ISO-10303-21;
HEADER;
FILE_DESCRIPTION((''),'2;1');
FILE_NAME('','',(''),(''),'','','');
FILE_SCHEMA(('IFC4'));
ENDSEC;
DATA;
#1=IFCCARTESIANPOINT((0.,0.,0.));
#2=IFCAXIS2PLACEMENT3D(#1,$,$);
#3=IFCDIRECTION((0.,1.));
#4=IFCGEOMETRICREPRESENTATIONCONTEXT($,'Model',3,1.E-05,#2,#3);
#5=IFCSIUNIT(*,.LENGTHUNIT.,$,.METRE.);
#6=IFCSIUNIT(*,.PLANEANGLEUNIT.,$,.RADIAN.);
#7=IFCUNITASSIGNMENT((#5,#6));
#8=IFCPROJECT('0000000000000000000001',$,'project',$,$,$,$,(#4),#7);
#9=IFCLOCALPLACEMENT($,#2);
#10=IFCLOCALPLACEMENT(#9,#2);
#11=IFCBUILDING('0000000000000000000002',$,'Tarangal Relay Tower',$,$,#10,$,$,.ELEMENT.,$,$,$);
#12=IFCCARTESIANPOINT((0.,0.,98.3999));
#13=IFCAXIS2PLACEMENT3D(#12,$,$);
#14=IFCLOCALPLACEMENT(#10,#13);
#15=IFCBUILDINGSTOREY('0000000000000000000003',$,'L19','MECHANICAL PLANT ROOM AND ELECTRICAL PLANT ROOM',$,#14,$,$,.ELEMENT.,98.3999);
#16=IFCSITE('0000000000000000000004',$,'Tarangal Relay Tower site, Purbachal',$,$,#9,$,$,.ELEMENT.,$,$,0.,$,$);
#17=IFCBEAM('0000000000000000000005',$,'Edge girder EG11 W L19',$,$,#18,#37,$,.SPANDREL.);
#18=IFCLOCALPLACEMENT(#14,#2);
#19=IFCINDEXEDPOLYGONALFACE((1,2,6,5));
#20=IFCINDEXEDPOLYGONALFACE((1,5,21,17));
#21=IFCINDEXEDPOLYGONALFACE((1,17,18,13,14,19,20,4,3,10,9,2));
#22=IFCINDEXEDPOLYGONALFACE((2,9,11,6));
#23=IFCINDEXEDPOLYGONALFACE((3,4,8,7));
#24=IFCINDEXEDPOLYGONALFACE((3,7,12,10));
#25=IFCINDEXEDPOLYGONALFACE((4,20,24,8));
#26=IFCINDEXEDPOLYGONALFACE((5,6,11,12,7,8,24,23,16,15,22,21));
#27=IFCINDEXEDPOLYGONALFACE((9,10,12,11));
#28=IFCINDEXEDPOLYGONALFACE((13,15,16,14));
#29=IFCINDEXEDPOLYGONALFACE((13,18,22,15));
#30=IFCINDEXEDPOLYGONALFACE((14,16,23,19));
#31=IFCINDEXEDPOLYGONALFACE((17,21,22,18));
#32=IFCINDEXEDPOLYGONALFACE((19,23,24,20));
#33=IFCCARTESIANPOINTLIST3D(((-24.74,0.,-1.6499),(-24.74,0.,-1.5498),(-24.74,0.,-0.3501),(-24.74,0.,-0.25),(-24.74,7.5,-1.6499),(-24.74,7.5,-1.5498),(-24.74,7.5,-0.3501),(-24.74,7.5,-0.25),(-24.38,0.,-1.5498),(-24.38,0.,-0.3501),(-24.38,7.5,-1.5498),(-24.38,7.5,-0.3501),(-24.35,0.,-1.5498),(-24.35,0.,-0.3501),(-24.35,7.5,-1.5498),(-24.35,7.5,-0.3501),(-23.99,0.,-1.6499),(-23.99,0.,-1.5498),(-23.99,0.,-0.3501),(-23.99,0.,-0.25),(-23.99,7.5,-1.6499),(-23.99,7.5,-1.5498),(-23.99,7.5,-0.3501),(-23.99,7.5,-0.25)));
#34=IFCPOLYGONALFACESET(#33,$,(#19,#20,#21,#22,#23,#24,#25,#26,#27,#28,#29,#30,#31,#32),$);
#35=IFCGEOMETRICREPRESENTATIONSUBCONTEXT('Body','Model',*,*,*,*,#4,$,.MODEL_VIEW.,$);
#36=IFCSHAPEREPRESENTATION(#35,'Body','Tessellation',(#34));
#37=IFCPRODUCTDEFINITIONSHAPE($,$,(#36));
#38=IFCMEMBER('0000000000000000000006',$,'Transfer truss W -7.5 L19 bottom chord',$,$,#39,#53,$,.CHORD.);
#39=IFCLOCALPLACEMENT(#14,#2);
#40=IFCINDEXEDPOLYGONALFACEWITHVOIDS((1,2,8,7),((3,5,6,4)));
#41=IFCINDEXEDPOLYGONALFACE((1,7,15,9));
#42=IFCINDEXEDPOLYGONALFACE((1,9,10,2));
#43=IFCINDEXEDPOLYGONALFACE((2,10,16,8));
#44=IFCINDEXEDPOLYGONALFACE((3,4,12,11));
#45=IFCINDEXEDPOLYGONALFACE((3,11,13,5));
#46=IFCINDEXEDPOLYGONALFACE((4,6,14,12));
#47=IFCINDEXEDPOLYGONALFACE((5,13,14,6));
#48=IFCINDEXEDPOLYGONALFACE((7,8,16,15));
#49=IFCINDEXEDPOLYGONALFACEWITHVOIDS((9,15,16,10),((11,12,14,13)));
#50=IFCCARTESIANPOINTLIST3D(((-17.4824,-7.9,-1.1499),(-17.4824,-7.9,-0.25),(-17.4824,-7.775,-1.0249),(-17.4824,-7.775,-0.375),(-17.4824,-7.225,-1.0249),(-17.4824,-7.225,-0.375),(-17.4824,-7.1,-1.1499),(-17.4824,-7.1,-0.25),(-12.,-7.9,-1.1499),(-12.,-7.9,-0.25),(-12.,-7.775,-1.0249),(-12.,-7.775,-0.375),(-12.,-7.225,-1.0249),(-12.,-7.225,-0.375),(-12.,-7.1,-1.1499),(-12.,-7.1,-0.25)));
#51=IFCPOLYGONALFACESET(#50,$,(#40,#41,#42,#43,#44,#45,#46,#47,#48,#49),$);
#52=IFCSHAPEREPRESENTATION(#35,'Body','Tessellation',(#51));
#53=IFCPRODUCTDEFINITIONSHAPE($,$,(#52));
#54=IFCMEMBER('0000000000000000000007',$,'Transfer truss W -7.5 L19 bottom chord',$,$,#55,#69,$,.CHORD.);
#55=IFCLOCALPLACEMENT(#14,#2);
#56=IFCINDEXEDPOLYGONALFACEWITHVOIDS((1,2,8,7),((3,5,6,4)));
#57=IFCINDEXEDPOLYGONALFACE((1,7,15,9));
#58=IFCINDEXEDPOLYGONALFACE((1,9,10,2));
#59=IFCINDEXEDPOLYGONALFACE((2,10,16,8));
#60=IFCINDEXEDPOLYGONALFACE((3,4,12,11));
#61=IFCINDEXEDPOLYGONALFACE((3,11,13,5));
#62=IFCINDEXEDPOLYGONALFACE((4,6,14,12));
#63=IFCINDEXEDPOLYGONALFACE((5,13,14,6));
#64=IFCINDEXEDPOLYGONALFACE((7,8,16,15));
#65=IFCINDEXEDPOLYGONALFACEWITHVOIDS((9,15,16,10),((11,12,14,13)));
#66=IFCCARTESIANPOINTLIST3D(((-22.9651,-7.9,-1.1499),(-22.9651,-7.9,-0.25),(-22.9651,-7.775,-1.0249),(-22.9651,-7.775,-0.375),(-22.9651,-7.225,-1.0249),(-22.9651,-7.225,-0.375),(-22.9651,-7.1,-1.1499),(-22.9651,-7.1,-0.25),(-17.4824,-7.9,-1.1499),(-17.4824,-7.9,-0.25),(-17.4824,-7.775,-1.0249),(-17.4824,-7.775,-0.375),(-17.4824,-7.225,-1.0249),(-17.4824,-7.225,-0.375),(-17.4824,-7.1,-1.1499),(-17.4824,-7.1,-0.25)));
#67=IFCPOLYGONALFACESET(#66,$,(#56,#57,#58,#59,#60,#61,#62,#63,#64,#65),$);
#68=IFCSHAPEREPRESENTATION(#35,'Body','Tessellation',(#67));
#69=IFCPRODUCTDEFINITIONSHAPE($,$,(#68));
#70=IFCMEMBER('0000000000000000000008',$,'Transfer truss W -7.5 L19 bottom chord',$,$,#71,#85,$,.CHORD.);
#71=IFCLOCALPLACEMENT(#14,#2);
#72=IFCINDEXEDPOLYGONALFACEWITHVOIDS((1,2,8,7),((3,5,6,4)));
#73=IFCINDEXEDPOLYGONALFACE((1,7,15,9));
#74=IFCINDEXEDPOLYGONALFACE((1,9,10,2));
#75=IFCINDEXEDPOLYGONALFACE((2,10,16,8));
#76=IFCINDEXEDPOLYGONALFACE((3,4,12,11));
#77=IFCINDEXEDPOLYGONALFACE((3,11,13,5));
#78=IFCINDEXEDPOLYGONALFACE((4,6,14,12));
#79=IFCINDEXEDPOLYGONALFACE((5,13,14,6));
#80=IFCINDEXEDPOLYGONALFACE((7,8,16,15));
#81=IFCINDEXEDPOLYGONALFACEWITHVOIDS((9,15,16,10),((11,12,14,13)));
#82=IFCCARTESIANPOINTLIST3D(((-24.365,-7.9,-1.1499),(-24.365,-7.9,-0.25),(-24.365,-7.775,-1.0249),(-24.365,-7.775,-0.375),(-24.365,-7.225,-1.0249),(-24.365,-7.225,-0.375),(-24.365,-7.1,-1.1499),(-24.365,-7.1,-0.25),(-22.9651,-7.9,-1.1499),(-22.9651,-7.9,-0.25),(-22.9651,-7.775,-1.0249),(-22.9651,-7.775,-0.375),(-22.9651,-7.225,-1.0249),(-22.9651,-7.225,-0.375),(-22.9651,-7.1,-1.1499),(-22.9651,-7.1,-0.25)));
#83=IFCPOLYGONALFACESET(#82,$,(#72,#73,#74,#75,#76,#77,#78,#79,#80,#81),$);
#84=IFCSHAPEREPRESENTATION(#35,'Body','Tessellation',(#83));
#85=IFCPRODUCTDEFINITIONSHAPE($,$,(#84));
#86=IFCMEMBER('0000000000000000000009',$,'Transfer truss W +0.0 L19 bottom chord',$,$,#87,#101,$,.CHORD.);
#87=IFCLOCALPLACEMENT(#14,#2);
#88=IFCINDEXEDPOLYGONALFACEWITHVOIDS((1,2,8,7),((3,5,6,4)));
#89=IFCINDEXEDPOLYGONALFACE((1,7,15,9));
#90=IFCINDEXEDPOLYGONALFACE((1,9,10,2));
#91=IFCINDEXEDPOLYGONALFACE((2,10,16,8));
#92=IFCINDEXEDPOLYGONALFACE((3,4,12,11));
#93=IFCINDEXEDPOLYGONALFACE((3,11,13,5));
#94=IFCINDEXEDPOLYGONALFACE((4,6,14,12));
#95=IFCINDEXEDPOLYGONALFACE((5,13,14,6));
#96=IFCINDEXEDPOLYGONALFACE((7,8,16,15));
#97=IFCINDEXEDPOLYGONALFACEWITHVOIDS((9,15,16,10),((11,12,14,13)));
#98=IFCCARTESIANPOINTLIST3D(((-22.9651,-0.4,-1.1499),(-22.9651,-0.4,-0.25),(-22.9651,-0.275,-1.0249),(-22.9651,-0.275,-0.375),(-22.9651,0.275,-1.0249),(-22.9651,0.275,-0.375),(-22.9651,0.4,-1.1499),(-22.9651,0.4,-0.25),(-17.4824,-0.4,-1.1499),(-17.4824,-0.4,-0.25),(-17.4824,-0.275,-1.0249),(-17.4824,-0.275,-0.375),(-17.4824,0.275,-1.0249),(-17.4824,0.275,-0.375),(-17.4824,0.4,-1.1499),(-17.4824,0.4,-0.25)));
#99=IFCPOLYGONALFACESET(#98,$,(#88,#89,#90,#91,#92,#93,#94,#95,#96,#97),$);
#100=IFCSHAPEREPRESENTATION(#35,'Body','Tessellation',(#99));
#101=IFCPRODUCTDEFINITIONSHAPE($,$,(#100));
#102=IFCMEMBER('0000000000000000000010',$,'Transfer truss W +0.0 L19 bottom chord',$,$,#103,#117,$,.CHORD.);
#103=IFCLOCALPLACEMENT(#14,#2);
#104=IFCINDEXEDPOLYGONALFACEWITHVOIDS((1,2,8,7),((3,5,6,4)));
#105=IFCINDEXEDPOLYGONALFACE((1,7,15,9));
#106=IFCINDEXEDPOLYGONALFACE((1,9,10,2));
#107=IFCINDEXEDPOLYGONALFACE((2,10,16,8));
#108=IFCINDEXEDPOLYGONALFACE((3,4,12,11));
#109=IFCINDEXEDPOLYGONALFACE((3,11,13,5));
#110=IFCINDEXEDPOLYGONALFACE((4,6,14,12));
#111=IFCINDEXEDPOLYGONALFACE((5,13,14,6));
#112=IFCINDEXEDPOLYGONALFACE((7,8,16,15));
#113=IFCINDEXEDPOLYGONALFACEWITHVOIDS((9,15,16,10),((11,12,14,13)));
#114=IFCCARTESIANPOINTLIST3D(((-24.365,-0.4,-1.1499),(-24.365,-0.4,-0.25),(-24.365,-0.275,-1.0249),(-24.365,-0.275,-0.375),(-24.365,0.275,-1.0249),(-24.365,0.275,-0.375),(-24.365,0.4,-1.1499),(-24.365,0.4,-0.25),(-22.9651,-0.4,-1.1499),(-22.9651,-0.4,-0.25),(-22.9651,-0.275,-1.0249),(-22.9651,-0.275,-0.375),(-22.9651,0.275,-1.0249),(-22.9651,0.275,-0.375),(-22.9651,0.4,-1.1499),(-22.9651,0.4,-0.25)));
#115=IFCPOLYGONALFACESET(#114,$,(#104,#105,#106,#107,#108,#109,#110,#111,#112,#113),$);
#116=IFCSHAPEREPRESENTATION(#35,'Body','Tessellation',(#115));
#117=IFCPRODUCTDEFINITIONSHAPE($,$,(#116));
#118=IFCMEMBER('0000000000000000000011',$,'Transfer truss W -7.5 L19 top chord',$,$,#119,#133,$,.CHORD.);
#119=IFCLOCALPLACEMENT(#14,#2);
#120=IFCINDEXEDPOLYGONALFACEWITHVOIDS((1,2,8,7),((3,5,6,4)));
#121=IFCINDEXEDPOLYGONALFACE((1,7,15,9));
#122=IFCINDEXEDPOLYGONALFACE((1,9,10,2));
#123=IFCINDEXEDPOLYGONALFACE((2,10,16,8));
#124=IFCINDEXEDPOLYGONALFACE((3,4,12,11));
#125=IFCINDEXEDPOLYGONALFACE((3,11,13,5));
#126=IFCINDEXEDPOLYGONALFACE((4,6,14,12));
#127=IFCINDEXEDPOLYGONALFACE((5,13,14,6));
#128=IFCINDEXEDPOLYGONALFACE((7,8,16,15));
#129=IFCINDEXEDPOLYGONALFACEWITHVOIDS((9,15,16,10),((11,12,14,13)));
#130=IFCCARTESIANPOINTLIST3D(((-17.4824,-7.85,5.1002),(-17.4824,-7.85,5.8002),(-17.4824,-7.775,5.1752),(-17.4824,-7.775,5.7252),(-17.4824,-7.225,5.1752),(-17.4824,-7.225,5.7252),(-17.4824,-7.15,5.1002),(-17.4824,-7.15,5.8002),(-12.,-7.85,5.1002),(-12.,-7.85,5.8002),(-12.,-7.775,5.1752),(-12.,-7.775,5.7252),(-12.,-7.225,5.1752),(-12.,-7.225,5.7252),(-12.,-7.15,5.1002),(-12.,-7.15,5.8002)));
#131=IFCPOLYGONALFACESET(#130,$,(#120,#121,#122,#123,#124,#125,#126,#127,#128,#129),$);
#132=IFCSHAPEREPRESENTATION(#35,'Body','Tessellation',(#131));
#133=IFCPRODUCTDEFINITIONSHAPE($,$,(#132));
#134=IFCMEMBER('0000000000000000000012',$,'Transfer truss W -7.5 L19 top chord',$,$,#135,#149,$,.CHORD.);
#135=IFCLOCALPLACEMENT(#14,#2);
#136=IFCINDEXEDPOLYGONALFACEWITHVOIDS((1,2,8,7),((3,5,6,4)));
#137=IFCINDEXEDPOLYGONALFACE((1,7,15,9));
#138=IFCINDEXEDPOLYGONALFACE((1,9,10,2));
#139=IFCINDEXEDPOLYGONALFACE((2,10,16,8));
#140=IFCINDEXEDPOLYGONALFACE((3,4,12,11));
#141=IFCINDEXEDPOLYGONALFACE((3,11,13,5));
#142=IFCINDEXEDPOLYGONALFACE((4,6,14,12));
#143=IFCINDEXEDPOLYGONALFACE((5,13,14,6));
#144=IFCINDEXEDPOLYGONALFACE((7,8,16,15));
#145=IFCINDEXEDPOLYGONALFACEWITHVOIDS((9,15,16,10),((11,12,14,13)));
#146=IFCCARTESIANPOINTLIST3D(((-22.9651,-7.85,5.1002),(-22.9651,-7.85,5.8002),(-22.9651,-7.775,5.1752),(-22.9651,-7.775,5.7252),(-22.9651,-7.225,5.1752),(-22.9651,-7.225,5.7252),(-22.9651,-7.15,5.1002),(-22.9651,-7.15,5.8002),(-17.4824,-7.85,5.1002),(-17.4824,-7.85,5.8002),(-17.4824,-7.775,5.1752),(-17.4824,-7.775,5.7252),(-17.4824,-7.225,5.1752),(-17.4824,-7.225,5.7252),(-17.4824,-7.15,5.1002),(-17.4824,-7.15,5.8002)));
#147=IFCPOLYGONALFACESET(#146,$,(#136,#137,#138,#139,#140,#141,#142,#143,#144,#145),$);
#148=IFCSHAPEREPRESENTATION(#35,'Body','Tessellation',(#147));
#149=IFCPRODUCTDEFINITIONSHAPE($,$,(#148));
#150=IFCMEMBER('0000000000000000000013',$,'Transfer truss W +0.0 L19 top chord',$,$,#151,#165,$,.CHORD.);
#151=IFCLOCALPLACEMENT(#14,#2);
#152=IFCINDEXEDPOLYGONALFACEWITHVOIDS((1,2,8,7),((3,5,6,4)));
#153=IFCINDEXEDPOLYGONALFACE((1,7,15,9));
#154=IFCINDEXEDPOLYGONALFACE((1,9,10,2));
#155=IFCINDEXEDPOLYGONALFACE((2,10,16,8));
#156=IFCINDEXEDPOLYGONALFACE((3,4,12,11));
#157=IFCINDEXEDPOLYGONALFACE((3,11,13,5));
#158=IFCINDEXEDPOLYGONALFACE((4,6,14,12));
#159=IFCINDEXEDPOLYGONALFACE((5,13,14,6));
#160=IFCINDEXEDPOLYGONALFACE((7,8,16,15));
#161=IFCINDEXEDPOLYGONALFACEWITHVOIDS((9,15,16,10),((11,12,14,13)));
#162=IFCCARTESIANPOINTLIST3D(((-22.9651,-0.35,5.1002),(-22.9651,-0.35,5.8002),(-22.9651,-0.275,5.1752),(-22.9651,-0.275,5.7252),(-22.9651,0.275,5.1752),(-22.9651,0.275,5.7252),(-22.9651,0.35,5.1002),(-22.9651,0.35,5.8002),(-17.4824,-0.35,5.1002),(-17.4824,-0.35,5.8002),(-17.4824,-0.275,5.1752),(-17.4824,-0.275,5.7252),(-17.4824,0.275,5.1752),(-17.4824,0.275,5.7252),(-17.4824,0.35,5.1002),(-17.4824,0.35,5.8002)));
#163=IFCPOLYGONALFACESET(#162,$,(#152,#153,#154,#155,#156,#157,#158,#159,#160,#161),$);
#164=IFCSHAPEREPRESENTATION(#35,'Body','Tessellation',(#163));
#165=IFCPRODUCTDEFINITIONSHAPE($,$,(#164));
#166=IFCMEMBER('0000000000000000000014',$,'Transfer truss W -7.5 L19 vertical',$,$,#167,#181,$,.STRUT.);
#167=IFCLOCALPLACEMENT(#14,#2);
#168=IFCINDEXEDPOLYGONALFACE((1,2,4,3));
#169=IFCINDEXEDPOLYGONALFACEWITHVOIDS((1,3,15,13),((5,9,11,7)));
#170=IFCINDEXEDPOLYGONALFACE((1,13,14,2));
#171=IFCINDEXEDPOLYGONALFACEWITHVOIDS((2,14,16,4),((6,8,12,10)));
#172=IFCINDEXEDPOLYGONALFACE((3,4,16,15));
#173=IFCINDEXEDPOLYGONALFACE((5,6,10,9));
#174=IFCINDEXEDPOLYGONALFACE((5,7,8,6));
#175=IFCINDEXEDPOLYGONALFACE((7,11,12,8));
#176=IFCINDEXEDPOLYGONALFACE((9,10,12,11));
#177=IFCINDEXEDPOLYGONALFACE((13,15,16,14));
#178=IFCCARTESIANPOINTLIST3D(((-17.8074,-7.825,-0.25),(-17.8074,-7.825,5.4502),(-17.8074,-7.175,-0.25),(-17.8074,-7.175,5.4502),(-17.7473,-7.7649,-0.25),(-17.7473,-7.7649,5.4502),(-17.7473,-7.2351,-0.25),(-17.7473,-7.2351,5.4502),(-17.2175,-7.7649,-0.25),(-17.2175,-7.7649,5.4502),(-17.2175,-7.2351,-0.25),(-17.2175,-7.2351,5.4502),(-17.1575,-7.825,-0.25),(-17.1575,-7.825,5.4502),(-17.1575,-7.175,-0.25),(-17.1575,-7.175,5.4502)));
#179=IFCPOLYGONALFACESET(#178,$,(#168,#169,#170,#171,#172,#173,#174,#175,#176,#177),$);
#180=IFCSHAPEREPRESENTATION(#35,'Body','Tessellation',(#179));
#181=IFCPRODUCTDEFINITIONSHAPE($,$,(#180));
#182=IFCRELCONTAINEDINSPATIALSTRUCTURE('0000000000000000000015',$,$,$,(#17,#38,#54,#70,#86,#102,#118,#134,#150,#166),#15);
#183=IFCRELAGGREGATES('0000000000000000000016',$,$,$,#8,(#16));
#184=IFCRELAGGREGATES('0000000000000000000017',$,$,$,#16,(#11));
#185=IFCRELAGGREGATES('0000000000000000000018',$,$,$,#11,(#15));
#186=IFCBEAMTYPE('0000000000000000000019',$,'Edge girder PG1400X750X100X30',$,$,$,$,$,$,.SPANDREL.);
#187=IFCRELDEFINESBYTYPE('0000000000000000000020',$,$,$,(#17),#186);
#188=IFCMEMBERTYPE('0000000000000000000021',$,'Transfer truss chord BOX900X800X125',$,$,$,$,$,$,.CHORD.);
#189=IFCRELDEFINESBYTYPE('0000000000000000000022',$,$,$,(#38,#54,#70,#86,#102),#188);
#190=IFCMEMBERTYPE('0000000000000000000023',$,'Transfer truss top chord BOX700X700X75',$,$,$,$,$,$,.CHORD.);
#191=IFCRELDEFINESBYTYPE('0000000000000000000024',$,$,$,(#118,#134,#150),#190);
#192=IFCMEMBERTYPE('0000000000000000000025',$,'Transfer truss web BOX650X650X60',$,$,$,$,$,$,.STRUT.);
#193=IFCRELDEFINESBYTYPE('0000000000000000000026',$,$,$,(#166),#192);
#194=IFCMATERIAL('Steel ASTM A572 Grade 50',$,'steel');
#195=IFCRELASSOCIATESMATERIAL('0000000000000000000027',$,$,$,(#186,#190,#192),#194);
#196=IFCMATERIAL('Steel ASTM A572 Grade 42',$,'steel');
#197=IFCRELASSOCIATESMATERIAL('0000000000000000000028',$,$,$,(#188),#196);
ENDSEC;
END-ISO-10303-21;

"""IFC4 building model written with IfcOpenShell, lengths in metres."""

from ifc_helpers import new_model, si_unit, direction, frame, origin, origin_2d, place, context, subcontext, project, spatial, hollow_rectangle, i_section, extrude, material, material_profile, profile_set, type_object, element, save


model = new_model("IFC4")

# Units and contexts
model_context = context("Model", 3, precision=1e-05, world=origin(), true_north=direction((0.0, 1.0)))
body_context = subcontext(model_context, "Body", "Model", "MODEL_VIEW")
ifc_project = project(units=[si_unit("LENGTHUNIT", "METRE"), si_unit("PLANEANGLEUNIT", "RADIAN")], contexts=[model_context])

# Site, building, storey
site_placement = place(None, origin())
site = spatial("IfcSite", under=ifc_project, at=site_placement, Name="Tarangal Relay Tower site, Purbachal", CompositionType="ELEMENT", RefElevation=0.0)
building_placement = place(site_placement, origin())
building = spatial("IfcBuilding", under=site, at=building_placement, Name="Tarangal Relay Tower", CompositionType="ELEMENT")
storey_placement = place(building_placement, frame((0.0, 0.0, 98.3999)))
storey = spatial("IfcBuildingStorey", under=building, at=storey_placement, Name="L19", Description="MECHANICAL PLANT ROOM AND ELECTRICAL PLANT ROOM", CompositionType="ELEMENT", Elevation=98.3999)

# Shared definitions
ifc_material_1 = material(Name="Steel ASTM A572 Grade 50", Category="steel")

# Beam
ifc_material_profile_1 = material_profile(ifc_material_1, i_section(OverallWidth=0.75, OverallDepth=1.3999, WebThickness=0.03, FlangeThickness=0.1001, at=origin_2d()), Name="PG1400X750X100X30")
ifc_profile_set_1 = profile_set([ifc_material_profile_1], Name="Steel ASTM A572 Grade 50")
beam_type = type_object("IfcBeamType", Name="Edge girder PG1400X750X100X30", PredefinedType="SPANDREL", material=ifc_profile_set_1)
beam_placement = place(storey_placement, frame((-24.365, 0.0, -0.95), z_axis=(0.0, 1.0, 0.0), x_axis=(-1.0, 0.0, 0.0)))
element("IfcBeam", 1, at=beam_placement, inside=storey, type_object=beam_type, Name="Edge girder EG11 W L19", PredefinedType="SPANDREL", context=body_context, shape_type="SweptSolid", body=[
    extrude(i_section(OverallWidth=0.75, OverallDepth=1.3999, WebThickness=0.03, FlangeThickness=0.1001, at=origin_2d()), origin(), (0.0, 0.0, 1.0), 7.5),
])

# Members
ifc_material_2 = material(Name="Steel ASTM A572 Grade 42", Category="steel")
ifc_material_profile_2 = material_profile(ifc_material_2, hollow_rectangle(XDim=0.8, YDim=0.8999, WallThickness=0.125, at=origin_2d()), Name="BOX900X800X125")
ifc_profile_set_2 = profile_set([ifc_material_profile_2], Name="Steel ASTM A572 Grade 42")
member_type_1 = type_object("IfcMemberType", Name="Transfer truss chord BOX900X800X125", PredefinedType="CHORD", material=ifc_profile_set_2)
member_1_placement = place(storey_placement, frame((-12.0, -7.5, -0.7), z_axis=(-1.0, 0.0, 0.0), x_axis=(0.0, -1.0, 0.0)))
element("IfcMember", 2, at=member_1_placement, inside=storey, type_object=member_type_1, Name="Transfer truss W -7.5 L19 bottom chord", PredefinedType="CHORD", context=body_context, shape_type="SweptSolid", body=[
    extrude(hollow_rectangle(XDim=0.8, YDim=0.8999, WallThickness=0.125, at=origin_2d()), origin(), (0.0, 0.0, 1.0), 5.4824),
])
member_2_placement = place(storey_placement, frame((-17.4824, -7.5, -0.7), z_axis=(-1.0, 0.0, 0.0), x_axis=(0.0, -1.0, 0.0)))
element("IfcMember", 3, at=member_2_placement, inside=storey, type_object=member_type_1, Name="Transfer truss W -7.5 L19 bottom chord", PredefinedType="CHORD", context=body_context, shape_type="SweptSolid", body=[
    extrude(hollow_rectangle(XDim=0.8, YDim=0.8999, WallThickness=0.125, at=origin_2d()), origin(), (0.0, 0.0, 1.0), 5.4827),
])
member_3_placement = place(storey_placement, frame((-22.9651, -7.5, -0.7), z_axis=(-1.0, 0.0, 0.0), x_axis=(0.0, -1.0, 0.0)))
element("IfcMember", 4, at=member_3_placement, inside=storey, type_object=member_type_1, Name="Transfer truss W -7.5 L19 bottom chord", PredefinedType="CHORD", context=body_context, shape_type="SweptSolid", body=[
    extrude(hollow_rectangle(XDim=0.8, YDim=0.8999, WallThickness=0.125, at=origin_2d()), origin(), (0.0, 0.0, 1.0), 1.3999),
])
member_4_placement = place(storey_placement, frame((-17.4824, 0.0, -0.7), z_axis=(-1.0, 0.0, 0.0), x_axis=(0.0, -1.0, 0.0)))
element("IfcMember", 5, at=member_4_placement, inside=storey, type_object=member_type_1, Name="Transfer truss W +0.0 L19 bottom chord", PredefinedType="CHORD", context=body_context, shape_type="SweptSolid", body=[
    extrude(hollow_rectangle(XDim=0.8, YDim=0.8999, WallThickness=0.125, at=origin_2d()), origin(), (0.0, 0.0, 1.0), 5.4827),
])
member_5_placement = place(storey_placement, frame((-22.9651, 0.0, -0.7), z_axis=(-1.0, 0.0, 0.0), x_axis=(0.0, -1.0, 0.0)))
element("IfcMember", 6, at=member_5_placement, inside=storey, type_object=member_type_1, Name="Transfer truss W +0.0 L19 bottom chord", PredefinedType="CHORD", context=body_context, shape_type="SweptSolid", body=[
    extrude(hollow_rectangle(XDim=0.8, YDim=0.8999, WallThickness=0.125, at=origin_2d()), origin(), (0.0, 0.0, 1.0), 1.3999),
])
ifc_material_profile_3 = material_profile(ifc_material_1, hollow_rectangle(XDim=0.7, YDim=0.7, WallThickness=0.075, at=origin_2d()), Name="BOX700X700X75")
ifc_profile_set_3 = profile_set([ifc_material_profile_3], Name="Steel ASTM A572 Grade 50")
member_type_2 = type_object("IfcMemberType", Name="Transfer truss top chord BOX700X700X75", PredefinedType="CHORD", material=ifc_profile_set_3)
member_6_placement = place(storey_placement, frame((-12.0, -7.5, 5.4502), z_axis=(-1.0, 0.0, 0.0), x_axis=(0.0, -1.0, 0.0)))
element("IfcMember", 7, at=member_6_placement, inside=storey, type_object=member_type_2, Name="Transfer truss W -7.5 L19 top chord", PredefinedType="CHORD", context=body_context, shape_type="SweptSolid", body=[
    extrude(hollow_rectangle(XDim=0.7, YDim=0.7, WallThickness=0.075, at=origin_2d()), origin(), (0.0, 0.0, 1.0), 5.4824),
])
for number, where, z_axis, x_axis, name in (
    (8, (-17.4824, -7.5, 5.4502), (-1.0, 0.0, 0.0), (0.0, -1.0, 0.0), "Transfer truss W -7.5 L19 top chord"),
    (9, (-17.4824, 0.0, 5.4502), (-1.0, 0.0, 0.0), (0.0, -1.0, 0.0), "Transfer truss W +0.0 L19 top chord"),
):
    element("IfcMember", number, at=place(storey_placement, frame(where, z_axis=z_axis, x_axis=x_axis)), inside=storey, type_object=member_type_2, Name=name, PredefinedType="CHORD", context=body_context, shape_type="SweptSolid", body=[
        extrude(hollow_rectangle(XDim=0.7, YDim=0.7, WallThickness=0.075, at=origin_2d()), origin(), (0.0, 0.0, 1.0), 5.4827),
    ])
ifc_material_profile_4 = material_profile(ifc_material_1, hollow_rectangle(XDim=0.6499, YDim=0.6499, WallThickness=0.0601, at=origin_2d()), Name="BOX650X650X60")
ifc_profile_set_4 = profile_set([ifc_material_profile_4], Name="Steel ASTM A572 Grade 50")
member_type_3 = type_object("IfcMemberType", Name="Transfer truss web BOX650X650X60", PredefinedType="STRUT", material=ifc_profile_set_4)
member_7_placement = place(storey_placement, frame((-17.4824, -7.5, -0.25), z_axis=(0.0, 0.0, 1.0), x_axis=(1.0, 0.0, 0.0)))
element("IfcMember", 10, at=member_7_placement, inside=storey, type_object=member_type_3, Name="Transfer truss W -7.5 L19 vertical", PredefinedType="STRUT", context=body_context, shape_type="SweptSolid", body=[
    extrude(hollow_rectangle(XDim=0.6499, YDim=0.6499, WallThickness=0.0601, at=origin_2d()), origin(), (0.0, 0.0, 1.0), 5.7002),
])

save(model, "model.ifc")
